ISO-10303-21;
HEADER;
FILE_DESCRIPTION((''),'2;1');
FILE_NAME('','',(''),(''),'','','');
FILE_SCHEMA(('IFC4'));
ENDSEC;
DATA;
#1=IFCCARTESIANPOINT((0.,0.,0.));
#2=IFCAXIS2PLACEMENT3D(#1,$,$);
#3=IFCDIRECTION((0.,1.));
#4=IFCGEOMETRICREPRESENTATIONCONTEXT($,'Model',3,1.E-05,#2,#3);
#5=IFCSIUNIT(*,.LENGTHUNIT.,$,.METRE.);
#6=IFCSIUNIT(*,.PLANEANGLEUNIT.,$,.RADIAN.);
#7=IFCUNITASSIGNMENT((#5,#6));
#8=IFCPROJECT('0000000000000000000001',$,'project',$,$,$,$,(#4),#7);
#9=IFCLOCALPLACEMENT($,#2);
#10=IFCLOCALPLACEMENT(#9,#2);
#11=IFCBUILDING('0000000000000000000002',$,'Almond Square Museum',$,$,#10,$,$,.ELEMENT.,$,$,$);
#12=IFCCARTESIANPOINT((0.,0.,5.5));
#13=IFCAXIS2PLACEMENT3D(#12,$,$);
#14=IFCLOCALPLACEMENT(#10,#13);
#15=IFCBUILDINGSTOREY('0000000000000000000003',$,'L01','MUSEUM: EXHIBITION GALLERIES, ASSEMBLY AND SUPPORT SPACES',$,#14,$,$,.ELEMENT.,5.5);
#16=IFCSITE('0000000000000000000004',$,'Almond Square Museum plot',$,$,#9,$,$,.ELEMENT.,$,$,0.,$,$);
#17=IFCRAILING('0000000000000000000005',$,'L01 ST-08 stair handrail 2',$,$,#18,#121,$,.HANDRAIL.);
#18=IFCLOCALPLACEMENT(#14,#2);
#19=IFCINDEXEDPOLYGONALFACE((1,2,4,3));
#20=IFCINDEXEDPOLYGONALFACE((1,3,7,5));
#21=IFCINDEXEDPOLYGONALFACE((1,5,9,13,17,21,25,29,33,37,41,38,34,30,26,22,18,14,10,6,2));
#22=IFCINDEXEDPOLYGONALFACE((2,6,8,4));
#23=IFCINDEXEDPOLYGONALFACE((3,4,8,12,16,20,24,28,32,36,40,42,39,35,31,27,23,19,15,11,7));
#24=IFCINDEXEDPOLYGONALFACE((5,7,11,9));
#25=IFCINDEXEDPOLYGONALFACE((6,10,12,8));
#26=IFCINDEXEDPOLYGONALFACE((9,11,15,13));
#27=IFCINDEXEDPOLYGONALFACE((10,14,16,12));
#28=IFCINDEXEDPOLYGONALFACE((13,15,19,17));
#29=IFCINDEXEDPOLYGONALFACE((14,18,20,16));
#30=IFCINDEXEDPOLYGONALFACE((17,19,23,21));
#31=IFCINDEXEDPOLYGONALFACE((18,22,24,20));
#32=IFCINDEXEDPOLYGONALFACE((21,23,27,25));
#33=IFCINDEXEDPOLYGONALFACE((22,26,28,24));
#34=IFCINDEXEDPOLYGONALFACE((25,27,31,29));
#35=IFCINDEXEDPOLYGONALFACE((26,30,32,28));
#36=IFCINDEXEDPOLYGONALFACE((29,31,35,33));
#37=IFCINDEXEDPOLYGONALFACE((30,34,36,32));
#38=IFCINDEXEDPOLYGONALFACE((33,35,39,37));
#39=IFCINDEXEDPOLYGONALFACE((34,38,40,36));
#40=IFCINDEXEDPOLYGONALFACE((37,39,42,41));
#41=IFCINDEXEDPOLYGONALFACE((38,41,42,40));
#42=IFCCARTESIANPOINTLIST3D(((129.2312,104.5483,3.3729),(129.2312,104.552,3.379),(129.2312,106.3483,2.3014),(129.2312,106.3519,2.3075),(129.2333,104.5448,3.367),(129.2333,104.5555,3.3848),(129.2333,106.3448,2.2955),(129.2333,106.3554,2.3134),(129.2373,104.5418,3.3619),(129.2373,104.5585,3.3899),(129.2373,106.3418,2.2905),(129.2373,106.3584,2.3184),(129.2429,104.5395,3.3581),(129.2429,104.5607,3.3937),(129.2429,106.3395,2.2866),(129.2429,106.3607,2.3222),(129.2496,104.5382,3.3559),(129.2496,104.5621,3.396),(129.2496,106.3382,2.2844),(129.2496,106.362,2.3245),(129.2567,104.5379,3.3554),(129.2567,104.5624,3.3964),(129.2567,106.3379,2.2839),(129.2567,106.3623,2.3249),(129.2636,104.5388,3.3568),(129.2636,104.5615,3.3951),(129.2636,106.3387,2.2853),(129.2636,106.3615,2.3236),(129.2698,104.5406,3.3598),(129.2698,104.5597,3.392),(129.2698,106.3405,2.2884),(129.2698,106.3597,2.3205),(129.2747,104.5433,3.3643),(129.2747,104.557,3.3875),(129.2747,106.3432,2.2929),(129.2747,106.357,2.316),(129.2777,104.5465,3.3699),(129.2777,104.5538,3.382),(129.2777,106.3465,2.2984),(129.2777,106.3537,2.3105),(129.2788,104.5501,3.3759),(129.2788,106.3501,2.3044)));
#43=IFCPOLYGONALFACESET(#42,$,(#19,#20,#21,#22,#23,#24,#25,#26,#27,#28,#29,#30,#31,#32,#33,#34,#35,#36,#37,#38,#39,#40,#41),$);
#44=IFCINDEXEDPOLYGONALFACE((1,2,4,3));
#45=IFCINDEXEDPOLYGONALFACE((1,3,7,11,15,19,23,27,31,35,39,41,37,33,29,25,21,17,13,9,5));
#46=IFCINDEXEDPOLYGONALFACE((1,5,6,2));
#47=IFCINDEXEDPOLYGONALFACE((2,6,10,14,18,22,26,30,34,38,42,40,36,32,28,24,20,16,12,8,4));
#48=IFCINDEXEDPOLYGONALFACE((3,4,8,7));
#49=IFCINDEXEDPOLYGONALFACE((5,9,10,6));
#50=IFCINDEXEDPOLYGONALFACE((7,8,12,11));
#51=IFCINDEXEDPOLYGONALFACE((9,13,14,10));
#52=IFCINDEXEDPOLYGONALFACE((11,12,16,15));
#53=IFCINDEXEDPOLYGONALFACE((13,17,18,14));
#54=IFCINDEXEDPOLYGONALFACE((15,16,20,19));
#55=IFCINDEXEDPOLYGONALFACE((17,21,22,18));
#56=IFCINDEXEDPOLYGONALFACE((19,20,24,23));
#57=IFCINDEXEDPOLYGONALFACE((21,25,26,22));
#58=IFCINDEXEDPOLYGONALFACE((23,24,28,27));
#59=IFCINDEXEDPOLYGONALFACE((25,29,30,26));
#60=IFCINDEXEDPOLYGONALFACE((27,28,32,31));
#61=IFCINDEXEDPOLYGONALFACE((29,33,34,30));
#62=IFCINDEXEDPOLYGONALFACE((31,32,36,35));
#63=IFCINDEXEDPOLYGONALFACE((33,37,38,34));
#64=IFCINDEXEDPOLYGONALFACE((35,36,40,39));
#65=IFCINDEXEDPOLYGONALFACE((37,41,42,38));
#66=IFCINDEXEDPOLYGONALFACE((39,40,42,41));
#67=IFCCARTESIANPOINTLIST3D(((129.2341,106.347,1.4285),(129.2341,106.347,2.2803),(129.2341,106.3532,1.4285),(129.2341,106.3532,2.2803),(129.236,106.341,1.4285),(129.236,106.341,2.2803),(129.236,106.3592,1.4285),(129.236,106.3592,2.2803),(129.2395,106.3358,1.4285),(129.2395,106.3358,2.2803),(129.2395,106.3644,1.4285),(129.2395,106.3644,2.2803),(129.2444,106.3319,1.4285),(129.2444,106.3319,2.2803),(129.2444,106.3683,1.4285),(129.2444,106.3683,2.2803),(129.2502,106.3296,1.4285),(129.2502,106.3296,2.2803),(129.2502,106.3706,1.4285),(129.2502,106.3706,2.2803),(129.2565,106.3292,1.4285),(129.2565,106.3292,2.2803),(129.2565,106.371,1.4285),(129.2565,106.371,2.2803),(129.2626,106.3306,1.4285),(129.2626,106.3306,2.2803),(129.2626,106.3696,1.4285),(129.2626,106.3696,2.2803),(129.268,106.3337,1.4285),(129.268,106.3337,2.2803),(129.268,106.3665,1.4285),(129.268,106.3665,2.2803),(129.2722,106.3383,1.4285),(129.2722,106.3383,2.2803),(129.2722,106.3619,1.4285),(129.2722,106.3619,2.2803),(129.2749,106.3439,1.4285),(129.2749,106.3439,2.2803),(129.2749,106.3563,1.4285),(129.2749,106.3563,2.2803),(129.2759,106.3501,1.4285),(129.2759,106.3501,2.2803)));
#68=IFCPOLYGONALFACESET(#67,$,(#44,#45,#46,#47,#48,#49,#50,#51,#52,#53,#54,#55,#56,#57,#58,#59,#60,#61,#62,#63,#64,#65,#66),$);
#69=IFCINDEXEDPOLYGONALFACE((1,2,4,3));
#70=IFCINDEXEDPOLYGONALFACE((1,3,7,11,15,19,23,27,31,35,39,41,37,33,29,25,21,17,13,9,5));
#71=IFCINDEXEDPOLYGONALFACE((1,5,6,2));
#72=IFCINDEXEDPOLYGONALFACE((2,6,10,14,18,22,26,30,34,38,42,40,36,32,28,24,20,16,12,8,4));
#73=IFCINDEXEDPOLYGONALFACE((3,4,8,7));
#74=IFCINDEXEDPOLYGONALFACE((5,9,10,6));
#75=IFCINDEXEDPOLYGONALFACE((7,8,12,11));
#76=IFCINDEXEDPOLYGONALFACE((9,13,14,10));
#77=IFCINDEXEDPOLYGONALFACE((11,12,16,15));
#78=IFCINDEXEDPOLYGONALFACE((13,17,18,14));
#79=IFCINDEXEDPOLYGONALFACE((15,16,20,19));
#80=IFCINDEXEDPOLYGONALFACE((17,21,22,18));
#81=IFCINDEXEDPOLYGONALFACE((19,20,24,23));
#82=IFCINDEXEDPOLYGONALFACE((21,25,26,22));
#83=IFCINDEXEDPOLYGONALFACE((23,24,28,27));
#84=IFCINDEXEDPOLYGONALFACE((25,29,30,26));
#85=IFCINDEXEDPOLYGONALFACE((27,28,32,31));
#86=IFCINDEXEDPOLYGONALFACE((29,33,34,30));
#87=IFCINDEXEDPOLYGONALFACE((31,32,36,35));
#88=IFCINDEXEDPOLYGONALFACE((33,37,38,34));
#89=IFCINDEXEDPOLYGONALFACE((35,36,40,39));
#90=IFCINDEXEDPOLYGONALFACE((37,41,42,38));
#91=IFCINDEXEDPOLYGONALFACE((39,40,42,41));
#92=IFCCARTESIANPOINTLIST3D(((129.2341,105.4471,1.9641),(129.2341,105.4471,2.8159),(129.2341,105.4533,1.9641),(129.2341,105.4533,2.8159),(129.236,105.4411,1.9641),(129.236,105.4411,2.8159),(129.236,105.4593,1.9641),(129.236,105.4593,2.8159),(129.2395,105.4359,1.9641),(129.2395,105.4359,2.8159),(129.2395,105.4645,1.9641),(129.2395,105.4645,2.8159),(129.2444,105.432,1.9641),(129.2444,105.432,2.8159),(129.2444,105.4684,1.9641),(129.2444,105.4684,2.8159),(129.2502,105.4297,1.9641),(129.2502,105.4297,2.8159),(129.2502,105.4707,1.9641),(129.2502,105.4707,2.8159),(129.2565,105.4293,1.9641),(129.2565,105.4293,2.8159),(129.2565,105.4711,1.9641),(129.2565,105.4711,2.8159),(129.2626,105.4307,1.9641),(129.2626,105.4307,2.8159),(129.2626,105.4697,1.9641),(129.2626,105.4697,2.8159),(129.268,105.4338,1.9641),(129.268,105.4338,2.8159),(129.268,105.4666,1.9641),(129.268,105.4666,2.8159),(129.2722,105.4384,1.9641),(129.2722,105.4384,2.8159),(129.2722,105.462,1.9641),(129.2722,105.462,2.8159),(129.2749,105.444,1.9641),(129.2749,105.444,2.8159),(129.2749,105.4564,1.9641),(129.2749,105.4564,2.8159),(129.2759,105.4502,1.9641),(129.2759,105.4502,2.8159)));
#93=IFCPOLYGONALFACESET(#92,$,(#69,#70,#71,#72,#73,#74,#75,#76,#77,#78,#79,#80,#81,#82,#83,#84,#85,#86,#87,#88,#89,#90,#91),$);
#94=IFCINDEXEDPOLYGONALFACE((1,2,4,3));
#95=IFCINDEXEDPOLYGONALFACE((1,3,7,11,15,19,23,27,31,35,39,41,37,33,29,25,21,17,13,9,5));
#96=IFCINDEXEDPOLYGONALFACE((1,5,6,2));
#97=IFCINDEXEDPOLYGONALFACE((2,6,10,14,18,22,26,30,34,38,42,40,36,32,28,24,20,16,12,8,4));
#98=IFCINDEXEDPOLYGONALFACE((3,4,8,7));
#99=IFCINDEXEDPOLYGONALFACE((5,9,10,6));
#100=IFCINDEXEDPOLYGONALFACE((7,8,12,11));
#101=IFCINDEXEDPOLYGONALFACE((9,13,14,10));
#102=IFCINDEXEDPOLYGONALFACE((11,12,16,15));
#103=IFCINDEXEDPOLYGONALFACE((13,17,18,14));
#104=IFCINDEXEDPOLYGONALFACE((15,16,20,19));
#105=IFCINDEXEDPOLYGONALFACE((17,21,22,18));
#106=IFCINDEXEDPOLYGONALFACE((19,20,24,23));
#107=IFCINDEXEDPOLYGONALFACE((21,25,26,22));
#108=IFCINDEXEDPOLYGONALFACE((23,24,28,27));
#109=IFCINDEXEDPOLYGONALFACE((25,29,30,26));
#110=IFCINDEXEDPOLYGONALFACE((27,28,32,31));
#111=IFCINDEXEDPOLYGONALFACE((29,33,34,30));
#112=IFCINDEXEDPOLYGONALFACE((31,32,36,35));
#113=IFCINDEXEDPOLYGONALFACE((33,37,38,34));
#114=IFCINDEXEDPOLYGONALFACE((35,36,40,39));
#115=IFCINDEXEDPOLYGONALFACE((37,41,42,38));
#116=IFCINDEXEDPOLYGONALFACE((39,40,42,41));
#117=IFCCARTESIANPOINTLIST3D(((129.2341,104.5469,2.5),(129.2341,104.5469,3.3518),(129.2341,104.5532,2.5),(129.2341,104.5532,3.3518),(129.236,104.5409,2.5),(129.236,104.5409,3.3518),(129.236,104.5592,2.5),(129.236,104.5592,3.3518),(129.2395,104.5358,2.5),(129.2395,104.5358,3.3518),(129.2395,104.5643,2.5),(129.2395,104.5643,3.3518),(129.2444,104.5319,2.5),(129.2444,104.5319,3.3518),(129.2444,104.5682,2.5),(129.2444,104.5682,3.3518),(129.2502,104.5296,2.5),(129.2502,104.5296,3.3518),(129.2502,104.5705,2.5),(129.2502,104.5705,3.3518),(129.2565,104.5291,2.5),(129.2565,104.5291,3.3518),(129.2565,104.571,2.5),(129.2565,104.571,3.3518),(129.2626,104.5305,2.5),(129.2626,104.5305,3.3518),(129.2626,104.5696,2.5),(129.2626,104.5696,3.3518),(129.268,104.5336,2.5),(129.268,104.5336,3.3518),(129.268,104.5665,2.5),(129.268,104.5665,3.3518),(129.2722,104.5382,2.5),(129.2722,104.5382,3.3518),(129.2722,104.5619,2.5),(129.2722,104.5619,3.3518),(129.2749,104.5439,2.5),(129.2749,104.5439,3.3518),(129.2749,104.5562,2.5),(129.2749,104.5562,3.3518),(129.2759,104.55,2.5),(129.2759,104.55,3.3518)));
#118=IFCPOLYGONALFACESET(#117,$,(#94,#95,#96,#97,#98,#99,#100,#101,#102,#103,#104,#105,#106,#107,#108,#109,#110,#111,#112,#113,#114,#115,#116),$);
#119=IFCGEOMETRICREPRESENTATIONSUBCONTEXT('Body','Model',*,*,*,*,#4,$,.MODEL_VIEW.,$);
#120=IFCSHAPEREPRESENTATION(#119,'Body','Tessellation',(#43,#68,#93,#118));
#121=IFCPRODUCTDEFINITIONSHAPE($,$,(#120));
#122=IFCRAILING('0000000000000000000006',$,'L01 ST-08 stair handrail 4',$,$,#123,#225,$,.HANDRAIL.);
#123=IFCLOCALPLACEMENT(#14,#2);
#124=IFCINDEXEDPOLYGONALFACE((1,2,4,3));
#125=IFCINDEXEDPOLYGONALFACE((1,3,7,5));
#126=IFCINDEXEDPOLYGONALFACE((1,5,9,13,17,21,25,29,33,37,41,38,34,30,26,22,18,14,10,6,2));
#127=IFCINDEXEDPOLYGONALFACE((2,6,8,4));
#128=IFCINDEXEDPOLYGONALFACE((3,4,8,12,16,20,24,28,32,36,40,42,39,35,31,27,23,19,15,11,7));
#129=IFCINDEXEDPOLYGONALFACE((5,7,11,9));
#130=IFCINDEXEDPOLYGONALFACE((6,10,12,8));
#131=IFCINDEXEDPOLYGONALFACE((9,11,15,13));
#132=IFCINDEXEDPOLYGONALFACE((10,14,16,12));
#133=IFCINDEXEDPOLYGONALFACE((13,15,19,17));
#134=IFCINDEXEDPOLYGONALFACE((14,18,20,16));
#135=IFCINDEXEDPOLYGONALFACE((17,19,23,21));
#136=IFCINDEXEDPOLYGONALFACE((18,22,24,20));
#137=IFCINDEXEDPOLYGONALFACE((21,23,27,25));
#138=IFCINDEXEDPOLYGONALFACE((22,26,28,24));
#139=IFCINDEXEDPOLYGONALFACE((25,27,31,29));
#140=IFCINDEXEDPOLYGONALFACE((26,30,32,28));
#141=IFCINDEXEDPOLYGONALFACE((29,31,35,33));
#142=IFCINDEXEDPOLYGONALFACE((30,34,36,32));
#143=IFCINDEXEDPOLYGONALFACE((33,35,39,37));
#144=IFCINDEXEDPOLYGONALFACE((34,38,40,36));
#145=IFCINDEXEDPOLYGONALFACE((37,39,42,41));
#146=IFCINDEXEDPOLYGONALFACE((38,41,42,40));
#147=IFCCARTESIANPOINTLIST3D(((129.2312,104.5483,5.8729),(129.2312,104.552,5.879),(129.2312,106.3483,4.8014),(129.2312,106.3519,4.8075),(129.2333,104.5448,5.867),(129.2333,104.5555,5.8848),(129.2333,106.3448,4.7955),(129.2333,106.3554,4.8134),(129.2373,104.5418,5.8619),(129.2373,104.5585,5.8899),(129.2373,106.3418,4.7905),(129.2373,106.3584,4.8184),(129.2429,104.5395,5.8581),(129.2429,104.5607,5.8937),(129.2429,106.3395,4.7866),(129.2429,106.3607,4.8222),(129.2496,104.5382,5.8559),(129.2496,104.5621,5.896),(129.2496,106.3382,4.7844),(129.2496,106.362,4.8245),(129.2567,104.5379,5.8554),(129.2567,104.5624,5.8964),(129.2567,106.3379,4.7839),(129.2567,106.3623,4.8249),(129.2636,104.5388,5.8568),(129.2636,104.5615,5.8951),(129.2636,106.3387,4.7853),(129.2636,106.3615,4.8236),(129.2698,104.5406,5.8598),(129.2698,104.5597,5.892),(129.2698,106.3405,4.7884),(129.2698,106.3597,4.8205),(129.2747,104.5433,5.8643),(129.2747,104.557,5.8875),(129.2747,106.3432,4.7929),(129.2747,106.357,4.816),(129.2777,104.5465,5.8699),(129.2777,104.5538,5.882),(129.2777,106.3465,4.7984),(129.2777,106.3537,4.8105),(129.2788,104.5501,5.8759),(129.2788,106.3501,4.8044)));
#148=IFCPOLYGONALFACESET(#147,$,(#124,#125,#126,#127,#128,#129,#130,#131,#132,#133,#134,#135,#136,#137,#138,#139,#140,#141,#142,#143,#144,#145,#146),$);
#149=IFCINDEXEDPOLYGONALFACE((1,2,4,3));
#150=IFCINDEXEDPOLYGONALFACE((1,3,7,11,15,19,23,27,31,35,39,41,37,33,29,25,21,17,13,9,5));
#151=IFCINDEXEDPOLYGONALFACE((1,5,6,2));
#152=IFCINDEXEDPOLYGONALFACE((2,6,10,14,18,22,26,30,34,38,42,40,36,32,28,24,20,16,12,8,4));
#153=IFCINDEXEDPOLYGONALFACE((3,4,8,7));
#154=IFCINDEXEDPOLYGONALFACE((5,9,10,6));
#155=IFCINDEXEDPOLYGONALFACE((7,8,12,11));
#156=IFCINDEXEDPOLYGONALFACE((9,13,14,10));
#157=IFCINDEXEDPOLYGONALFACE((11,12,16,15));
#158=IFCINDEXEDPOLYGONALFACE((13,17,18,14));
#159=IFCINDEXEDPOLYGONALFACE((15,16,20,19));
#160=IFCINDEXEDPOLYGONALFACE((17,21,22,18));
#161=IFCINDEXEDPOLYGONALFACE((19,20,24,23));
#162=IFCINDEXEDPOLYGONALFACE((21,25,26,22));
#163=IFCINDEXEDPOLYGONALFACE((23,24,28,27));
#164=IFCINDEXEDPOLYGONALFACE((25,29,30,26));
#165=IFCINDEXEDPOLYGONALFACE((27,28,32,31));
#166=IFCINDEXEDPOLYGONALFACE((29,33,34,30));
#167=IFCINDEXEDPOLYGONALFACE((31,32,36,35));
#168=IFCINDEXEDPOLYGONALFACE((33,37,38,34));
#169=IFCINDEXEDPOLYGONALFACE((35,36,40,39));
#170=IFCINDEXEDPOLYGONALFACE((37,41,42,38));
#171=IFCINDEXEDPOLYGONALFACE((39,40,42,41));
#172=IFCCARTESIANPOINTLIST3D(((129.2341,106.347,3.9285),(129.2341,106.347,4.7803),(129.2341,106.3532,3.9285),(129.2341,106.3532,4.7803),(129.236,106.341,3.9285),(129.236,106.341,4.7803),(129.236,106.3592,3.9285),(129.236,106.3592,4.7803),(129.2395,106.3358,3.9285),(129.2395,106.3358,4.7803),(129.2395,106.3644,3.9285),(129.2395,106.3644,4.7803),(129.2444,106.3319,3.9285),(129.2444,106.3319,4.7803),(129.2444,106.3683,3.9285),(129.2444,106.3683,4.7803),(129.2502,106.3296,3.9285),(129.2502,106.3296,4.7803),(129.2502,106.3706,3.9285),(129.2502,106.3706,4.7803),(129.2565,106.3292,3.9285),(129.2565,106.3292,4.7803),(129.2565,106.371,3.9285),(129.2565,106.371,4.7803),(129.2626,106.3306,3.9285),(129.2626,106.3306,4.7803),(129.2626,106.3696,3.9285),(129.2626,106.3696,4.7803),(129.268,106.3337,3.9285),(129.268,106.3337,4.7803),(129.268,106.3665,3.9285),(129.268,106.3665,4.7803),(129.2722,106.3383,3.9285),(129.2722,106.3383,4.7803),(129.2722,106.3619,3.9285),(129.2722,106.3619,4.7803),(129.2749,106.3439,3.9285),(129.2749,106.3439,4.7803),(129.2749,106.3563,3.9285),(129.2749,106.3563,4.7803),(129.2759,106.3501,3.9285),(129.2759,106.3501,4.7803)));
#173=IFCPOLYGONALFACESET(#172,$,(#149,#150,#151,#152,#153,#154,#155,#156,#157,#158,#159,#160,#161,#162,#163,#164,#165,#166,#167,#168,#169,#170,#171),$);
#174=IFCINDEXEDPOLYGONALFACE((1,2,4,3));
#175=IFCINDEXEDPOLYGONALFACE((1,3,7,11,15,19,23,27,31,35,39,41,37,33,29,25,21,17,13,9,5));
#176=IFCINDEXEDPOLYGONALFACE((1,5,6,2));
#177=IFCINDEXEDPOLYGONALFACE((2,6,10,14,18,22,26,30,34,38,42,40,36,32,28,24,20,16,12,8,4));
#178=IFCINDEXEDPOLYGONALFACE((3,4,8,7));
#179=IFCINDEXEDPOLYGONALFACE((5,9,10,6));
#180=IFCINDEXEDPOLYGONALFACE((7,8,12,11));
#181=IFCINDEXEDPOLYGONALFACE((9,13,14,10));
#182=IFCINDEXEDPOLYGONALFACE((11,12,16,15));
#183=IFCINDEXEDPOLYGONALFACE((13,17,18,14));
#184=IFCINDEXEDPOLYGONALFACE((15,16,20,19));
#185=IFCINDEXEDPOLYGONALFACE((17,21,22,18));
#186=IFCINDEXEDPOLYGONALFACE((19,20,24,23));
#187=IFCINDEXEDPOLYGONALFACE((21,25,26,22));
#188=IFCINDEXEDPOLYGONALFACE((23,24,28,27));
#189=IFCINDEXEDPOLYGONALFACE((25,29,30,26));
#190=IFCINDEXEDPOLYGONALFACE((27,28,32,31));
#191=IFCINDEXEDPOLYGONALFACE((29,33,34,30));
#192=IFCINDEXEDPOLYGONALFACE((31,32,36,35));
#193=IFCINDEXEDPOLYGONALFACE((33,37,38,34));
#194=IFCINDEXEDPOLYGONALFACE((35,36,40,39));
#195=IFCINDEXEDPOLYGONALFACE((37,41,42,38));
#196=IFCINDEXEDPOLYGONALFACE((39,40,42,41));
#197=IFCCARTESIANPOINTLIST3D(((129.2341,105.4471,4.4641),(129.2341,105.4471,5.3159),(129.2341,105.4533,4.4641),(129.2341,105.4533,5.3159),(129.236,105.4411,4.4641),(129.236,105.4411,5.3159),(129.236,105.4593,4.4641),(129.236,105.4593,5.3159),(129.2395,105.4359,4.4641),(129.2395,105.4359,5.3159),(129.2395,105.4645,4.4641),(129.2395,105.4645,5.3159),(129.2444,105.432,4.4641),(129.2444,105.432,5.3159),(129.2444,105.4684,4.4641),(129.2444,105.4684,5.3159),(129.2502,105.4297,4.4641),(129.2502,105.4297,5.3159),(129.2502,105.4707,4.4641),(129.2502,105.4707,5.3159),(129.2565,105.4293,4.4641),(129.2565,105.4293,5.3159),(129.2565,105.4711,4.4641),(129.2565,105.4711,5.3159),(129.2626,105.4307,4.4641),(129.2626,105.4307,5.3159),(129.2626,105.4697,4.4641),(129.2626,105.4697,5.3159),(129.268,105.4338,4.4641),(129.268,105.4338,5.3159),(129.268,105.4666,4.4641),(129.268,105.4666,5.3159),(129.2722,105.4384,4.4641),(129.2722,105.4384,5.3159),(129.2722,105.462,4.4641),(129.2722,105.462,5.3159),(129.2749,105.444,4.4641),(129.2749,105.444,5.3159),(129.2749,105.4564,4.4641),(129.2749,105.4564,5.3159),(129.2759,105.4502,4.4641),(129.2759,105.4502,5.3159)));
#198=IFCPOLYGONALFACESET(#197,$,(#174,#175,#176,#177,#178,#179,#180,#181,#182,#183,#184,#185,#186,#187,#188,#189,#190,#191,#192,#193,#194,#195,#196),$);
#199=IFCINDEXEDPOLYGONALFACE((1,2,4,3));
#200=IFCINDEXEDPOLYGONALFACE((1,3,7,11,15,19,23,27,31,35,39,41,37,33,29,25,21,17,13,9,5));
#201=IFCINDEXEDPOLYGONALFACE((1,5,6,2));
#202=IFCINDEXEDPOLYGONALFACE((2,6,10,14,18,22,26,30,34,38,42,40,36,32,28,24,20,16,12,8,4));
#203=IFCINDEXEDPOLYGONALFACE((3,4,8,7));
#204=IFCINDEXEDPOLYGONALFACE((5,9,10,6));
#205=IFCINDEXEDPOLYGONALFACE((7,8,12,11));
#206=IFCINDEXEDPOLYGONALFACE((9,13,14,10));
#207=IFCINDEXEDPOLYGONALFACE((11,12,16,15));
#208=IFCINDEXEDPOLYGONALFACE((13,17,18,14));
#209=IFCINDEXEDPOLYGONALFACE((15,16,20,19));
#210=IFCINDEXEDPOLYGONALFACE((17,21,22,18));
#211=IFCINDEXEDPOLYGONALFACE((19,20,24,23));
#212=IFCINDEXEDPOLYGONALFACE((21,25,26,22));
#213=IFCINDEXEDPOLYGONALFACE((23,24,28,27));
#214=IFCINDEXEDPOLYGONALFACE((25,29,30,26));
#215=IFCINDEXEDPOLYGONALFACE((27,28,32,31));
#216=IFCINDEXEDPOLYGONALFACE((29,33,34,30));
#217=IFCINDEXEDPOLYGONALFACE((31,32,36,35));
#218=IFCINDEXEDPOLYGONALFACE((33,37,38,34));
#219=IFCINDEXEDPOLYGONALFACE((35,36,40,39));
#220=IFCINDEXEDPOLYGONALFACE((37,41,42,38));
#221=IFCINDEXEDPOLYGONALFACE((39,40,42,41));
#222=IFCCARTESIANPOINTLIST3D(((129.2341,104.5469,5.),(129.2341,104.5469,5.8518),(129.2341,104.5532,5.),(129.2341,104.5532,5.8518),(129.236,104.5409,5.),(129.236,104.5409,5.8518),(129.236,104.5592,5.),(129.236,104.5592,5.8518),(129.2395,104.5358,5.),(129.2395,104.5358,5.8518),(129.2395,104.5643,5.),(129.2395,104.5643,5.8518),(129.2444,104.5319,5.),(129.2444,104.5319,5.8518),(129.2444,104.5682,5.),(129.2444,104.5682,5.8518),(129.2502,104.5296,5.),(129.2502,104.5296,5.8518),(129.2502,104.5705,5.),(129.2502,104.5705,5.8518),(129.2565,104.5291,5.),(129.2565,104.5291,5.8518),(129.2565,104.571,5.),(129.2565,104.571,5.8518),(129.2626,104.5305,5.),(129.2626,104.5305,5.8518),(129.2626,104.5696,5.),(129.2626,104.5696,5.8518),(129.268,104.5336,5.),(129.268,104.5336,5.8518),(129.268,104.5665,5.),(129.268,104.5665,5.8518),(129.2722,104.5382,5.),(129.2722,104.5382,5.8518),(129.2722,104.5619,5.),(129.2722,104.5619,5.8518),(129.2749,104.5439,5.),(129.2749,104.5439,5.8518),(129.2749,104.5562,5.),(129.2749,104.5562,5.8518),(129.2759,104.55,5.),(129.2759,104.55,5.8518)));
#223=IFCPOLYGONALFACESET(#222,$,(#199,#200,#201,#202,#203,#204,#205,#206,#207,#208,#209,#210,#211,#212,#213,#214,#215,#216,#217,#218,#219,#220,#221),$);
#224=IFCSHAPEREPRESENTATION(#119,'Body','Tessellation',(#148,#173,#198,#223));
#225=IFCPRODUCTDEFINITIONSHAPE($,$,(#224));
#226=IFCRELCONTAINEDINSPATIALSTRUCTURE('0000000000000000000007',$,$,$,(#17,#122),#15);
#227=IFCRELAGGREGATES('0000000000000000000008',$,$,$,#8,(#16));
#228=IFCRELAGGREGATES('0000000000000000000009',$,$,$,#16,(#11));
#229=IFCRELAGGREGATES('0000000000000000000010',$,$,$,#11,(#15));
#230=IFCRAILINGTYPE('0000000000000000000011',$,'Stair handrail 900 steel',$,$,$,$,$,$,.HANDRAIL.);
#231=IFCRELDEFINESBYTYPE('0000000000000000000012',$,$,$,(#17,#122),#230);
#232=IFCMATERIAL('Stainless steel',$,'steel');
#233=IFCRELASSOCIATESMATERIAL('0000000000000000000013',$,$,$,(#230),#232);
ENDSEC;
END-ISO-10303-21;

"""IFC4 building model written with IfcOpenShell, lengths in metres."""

from ifc_helpers import new_model, si_unit, direction, frame, origin, origin_2d, place, context, subcontext, project, spatial, circle, extrude, material, type_object, element, save


model = new_model("IFC4")

# Units and contexts
model_context = context("Model", 3, precision=1e-05, world=origin(), true_north=direction((0.0, 1.0)))
body_context = subcontext(model_context, "Body", "Model", "MODEL_VIEW")
ifc_project = project(units=[si_unit("LENGTHUNIT", "METRE"), si_unit("PLANEANGLEUNIT", "RADIAN")], contexts=[model_context])

# Site, building, storey
site_placement = place(None, origin())
site = spatial("IfcSite", under=ifc_project, at=site_placement, Name="Almond Square Museum plot", CompositionType="ELEMENT", RefElevation=0.0)
building_placement = place(site_placement, origin())
building = spatial("IfcBuilding", under=site, at=building_placement, Name="Almond Square Museum", CompositionType="ELEMENT")
storey_placement = place(building_placement, frame((0.0, 0.0, 5.5)))
storey = spatial("IfcBuildingStorey", under=building, at=storey_placement, Name="L01", Description="MUSEUM: EXHIBITION GALLERIES, ASSEMBLY AND SUPPORT SPACES", CompositionType="ELEMENT", Elevation=5.5)

# Railings
ifc_material_1 = material(Name="Stainless steel", Category="steel")
railing_type_1 = type_object("IfcRailingType", Name="Stair handrail 900 steel", PredefinedType="HANDRAIL", material=ifc_material_1)
for number, where, name in (
    (1, (129.2549, 106.3501, 1.4285), "L01 ST-08 stair handrail 2"),
    (2, (129.2549, 106.3501, 3.9285), "L01 ST-08 stair handrail 4"),
):
    element("IfcRailing", number, at=place(storey_placement, frame(where)), inside=storey, type_object=railing_type_1, Name=name, PredefinedType="HANDRAIL", context=body_context, shape_type="SweptSolid", body=[
        extrude(circle(Radius=0.0239, at=origin_2d()), frame((0.0, 0.0, 0.876), z_axis=(0.0, -0.859277, 0.51151), x_axis=(1.0, 0.0, 0.0)), (0.0, 0.0, 1.0), 2.0947),
        extrude(circle(Radius=0.021, at=origin_2d()), origin(), (0.0, 0.0, 1.0), 0.8518),
        extrude(circle(Radius=0.021, at=origin_2d()), frame((0.0, -0.8999, 0.5356)), (0.0, 0.0, 1.0), 0.8518),
        extrude(circle(Radius=0.021, at=origin_2d()), frame((0.0, -1.8, 1.0715)), (0.0, 0.0, 1.0), 0.8518),
    ])

save(model, "model.ifc")
